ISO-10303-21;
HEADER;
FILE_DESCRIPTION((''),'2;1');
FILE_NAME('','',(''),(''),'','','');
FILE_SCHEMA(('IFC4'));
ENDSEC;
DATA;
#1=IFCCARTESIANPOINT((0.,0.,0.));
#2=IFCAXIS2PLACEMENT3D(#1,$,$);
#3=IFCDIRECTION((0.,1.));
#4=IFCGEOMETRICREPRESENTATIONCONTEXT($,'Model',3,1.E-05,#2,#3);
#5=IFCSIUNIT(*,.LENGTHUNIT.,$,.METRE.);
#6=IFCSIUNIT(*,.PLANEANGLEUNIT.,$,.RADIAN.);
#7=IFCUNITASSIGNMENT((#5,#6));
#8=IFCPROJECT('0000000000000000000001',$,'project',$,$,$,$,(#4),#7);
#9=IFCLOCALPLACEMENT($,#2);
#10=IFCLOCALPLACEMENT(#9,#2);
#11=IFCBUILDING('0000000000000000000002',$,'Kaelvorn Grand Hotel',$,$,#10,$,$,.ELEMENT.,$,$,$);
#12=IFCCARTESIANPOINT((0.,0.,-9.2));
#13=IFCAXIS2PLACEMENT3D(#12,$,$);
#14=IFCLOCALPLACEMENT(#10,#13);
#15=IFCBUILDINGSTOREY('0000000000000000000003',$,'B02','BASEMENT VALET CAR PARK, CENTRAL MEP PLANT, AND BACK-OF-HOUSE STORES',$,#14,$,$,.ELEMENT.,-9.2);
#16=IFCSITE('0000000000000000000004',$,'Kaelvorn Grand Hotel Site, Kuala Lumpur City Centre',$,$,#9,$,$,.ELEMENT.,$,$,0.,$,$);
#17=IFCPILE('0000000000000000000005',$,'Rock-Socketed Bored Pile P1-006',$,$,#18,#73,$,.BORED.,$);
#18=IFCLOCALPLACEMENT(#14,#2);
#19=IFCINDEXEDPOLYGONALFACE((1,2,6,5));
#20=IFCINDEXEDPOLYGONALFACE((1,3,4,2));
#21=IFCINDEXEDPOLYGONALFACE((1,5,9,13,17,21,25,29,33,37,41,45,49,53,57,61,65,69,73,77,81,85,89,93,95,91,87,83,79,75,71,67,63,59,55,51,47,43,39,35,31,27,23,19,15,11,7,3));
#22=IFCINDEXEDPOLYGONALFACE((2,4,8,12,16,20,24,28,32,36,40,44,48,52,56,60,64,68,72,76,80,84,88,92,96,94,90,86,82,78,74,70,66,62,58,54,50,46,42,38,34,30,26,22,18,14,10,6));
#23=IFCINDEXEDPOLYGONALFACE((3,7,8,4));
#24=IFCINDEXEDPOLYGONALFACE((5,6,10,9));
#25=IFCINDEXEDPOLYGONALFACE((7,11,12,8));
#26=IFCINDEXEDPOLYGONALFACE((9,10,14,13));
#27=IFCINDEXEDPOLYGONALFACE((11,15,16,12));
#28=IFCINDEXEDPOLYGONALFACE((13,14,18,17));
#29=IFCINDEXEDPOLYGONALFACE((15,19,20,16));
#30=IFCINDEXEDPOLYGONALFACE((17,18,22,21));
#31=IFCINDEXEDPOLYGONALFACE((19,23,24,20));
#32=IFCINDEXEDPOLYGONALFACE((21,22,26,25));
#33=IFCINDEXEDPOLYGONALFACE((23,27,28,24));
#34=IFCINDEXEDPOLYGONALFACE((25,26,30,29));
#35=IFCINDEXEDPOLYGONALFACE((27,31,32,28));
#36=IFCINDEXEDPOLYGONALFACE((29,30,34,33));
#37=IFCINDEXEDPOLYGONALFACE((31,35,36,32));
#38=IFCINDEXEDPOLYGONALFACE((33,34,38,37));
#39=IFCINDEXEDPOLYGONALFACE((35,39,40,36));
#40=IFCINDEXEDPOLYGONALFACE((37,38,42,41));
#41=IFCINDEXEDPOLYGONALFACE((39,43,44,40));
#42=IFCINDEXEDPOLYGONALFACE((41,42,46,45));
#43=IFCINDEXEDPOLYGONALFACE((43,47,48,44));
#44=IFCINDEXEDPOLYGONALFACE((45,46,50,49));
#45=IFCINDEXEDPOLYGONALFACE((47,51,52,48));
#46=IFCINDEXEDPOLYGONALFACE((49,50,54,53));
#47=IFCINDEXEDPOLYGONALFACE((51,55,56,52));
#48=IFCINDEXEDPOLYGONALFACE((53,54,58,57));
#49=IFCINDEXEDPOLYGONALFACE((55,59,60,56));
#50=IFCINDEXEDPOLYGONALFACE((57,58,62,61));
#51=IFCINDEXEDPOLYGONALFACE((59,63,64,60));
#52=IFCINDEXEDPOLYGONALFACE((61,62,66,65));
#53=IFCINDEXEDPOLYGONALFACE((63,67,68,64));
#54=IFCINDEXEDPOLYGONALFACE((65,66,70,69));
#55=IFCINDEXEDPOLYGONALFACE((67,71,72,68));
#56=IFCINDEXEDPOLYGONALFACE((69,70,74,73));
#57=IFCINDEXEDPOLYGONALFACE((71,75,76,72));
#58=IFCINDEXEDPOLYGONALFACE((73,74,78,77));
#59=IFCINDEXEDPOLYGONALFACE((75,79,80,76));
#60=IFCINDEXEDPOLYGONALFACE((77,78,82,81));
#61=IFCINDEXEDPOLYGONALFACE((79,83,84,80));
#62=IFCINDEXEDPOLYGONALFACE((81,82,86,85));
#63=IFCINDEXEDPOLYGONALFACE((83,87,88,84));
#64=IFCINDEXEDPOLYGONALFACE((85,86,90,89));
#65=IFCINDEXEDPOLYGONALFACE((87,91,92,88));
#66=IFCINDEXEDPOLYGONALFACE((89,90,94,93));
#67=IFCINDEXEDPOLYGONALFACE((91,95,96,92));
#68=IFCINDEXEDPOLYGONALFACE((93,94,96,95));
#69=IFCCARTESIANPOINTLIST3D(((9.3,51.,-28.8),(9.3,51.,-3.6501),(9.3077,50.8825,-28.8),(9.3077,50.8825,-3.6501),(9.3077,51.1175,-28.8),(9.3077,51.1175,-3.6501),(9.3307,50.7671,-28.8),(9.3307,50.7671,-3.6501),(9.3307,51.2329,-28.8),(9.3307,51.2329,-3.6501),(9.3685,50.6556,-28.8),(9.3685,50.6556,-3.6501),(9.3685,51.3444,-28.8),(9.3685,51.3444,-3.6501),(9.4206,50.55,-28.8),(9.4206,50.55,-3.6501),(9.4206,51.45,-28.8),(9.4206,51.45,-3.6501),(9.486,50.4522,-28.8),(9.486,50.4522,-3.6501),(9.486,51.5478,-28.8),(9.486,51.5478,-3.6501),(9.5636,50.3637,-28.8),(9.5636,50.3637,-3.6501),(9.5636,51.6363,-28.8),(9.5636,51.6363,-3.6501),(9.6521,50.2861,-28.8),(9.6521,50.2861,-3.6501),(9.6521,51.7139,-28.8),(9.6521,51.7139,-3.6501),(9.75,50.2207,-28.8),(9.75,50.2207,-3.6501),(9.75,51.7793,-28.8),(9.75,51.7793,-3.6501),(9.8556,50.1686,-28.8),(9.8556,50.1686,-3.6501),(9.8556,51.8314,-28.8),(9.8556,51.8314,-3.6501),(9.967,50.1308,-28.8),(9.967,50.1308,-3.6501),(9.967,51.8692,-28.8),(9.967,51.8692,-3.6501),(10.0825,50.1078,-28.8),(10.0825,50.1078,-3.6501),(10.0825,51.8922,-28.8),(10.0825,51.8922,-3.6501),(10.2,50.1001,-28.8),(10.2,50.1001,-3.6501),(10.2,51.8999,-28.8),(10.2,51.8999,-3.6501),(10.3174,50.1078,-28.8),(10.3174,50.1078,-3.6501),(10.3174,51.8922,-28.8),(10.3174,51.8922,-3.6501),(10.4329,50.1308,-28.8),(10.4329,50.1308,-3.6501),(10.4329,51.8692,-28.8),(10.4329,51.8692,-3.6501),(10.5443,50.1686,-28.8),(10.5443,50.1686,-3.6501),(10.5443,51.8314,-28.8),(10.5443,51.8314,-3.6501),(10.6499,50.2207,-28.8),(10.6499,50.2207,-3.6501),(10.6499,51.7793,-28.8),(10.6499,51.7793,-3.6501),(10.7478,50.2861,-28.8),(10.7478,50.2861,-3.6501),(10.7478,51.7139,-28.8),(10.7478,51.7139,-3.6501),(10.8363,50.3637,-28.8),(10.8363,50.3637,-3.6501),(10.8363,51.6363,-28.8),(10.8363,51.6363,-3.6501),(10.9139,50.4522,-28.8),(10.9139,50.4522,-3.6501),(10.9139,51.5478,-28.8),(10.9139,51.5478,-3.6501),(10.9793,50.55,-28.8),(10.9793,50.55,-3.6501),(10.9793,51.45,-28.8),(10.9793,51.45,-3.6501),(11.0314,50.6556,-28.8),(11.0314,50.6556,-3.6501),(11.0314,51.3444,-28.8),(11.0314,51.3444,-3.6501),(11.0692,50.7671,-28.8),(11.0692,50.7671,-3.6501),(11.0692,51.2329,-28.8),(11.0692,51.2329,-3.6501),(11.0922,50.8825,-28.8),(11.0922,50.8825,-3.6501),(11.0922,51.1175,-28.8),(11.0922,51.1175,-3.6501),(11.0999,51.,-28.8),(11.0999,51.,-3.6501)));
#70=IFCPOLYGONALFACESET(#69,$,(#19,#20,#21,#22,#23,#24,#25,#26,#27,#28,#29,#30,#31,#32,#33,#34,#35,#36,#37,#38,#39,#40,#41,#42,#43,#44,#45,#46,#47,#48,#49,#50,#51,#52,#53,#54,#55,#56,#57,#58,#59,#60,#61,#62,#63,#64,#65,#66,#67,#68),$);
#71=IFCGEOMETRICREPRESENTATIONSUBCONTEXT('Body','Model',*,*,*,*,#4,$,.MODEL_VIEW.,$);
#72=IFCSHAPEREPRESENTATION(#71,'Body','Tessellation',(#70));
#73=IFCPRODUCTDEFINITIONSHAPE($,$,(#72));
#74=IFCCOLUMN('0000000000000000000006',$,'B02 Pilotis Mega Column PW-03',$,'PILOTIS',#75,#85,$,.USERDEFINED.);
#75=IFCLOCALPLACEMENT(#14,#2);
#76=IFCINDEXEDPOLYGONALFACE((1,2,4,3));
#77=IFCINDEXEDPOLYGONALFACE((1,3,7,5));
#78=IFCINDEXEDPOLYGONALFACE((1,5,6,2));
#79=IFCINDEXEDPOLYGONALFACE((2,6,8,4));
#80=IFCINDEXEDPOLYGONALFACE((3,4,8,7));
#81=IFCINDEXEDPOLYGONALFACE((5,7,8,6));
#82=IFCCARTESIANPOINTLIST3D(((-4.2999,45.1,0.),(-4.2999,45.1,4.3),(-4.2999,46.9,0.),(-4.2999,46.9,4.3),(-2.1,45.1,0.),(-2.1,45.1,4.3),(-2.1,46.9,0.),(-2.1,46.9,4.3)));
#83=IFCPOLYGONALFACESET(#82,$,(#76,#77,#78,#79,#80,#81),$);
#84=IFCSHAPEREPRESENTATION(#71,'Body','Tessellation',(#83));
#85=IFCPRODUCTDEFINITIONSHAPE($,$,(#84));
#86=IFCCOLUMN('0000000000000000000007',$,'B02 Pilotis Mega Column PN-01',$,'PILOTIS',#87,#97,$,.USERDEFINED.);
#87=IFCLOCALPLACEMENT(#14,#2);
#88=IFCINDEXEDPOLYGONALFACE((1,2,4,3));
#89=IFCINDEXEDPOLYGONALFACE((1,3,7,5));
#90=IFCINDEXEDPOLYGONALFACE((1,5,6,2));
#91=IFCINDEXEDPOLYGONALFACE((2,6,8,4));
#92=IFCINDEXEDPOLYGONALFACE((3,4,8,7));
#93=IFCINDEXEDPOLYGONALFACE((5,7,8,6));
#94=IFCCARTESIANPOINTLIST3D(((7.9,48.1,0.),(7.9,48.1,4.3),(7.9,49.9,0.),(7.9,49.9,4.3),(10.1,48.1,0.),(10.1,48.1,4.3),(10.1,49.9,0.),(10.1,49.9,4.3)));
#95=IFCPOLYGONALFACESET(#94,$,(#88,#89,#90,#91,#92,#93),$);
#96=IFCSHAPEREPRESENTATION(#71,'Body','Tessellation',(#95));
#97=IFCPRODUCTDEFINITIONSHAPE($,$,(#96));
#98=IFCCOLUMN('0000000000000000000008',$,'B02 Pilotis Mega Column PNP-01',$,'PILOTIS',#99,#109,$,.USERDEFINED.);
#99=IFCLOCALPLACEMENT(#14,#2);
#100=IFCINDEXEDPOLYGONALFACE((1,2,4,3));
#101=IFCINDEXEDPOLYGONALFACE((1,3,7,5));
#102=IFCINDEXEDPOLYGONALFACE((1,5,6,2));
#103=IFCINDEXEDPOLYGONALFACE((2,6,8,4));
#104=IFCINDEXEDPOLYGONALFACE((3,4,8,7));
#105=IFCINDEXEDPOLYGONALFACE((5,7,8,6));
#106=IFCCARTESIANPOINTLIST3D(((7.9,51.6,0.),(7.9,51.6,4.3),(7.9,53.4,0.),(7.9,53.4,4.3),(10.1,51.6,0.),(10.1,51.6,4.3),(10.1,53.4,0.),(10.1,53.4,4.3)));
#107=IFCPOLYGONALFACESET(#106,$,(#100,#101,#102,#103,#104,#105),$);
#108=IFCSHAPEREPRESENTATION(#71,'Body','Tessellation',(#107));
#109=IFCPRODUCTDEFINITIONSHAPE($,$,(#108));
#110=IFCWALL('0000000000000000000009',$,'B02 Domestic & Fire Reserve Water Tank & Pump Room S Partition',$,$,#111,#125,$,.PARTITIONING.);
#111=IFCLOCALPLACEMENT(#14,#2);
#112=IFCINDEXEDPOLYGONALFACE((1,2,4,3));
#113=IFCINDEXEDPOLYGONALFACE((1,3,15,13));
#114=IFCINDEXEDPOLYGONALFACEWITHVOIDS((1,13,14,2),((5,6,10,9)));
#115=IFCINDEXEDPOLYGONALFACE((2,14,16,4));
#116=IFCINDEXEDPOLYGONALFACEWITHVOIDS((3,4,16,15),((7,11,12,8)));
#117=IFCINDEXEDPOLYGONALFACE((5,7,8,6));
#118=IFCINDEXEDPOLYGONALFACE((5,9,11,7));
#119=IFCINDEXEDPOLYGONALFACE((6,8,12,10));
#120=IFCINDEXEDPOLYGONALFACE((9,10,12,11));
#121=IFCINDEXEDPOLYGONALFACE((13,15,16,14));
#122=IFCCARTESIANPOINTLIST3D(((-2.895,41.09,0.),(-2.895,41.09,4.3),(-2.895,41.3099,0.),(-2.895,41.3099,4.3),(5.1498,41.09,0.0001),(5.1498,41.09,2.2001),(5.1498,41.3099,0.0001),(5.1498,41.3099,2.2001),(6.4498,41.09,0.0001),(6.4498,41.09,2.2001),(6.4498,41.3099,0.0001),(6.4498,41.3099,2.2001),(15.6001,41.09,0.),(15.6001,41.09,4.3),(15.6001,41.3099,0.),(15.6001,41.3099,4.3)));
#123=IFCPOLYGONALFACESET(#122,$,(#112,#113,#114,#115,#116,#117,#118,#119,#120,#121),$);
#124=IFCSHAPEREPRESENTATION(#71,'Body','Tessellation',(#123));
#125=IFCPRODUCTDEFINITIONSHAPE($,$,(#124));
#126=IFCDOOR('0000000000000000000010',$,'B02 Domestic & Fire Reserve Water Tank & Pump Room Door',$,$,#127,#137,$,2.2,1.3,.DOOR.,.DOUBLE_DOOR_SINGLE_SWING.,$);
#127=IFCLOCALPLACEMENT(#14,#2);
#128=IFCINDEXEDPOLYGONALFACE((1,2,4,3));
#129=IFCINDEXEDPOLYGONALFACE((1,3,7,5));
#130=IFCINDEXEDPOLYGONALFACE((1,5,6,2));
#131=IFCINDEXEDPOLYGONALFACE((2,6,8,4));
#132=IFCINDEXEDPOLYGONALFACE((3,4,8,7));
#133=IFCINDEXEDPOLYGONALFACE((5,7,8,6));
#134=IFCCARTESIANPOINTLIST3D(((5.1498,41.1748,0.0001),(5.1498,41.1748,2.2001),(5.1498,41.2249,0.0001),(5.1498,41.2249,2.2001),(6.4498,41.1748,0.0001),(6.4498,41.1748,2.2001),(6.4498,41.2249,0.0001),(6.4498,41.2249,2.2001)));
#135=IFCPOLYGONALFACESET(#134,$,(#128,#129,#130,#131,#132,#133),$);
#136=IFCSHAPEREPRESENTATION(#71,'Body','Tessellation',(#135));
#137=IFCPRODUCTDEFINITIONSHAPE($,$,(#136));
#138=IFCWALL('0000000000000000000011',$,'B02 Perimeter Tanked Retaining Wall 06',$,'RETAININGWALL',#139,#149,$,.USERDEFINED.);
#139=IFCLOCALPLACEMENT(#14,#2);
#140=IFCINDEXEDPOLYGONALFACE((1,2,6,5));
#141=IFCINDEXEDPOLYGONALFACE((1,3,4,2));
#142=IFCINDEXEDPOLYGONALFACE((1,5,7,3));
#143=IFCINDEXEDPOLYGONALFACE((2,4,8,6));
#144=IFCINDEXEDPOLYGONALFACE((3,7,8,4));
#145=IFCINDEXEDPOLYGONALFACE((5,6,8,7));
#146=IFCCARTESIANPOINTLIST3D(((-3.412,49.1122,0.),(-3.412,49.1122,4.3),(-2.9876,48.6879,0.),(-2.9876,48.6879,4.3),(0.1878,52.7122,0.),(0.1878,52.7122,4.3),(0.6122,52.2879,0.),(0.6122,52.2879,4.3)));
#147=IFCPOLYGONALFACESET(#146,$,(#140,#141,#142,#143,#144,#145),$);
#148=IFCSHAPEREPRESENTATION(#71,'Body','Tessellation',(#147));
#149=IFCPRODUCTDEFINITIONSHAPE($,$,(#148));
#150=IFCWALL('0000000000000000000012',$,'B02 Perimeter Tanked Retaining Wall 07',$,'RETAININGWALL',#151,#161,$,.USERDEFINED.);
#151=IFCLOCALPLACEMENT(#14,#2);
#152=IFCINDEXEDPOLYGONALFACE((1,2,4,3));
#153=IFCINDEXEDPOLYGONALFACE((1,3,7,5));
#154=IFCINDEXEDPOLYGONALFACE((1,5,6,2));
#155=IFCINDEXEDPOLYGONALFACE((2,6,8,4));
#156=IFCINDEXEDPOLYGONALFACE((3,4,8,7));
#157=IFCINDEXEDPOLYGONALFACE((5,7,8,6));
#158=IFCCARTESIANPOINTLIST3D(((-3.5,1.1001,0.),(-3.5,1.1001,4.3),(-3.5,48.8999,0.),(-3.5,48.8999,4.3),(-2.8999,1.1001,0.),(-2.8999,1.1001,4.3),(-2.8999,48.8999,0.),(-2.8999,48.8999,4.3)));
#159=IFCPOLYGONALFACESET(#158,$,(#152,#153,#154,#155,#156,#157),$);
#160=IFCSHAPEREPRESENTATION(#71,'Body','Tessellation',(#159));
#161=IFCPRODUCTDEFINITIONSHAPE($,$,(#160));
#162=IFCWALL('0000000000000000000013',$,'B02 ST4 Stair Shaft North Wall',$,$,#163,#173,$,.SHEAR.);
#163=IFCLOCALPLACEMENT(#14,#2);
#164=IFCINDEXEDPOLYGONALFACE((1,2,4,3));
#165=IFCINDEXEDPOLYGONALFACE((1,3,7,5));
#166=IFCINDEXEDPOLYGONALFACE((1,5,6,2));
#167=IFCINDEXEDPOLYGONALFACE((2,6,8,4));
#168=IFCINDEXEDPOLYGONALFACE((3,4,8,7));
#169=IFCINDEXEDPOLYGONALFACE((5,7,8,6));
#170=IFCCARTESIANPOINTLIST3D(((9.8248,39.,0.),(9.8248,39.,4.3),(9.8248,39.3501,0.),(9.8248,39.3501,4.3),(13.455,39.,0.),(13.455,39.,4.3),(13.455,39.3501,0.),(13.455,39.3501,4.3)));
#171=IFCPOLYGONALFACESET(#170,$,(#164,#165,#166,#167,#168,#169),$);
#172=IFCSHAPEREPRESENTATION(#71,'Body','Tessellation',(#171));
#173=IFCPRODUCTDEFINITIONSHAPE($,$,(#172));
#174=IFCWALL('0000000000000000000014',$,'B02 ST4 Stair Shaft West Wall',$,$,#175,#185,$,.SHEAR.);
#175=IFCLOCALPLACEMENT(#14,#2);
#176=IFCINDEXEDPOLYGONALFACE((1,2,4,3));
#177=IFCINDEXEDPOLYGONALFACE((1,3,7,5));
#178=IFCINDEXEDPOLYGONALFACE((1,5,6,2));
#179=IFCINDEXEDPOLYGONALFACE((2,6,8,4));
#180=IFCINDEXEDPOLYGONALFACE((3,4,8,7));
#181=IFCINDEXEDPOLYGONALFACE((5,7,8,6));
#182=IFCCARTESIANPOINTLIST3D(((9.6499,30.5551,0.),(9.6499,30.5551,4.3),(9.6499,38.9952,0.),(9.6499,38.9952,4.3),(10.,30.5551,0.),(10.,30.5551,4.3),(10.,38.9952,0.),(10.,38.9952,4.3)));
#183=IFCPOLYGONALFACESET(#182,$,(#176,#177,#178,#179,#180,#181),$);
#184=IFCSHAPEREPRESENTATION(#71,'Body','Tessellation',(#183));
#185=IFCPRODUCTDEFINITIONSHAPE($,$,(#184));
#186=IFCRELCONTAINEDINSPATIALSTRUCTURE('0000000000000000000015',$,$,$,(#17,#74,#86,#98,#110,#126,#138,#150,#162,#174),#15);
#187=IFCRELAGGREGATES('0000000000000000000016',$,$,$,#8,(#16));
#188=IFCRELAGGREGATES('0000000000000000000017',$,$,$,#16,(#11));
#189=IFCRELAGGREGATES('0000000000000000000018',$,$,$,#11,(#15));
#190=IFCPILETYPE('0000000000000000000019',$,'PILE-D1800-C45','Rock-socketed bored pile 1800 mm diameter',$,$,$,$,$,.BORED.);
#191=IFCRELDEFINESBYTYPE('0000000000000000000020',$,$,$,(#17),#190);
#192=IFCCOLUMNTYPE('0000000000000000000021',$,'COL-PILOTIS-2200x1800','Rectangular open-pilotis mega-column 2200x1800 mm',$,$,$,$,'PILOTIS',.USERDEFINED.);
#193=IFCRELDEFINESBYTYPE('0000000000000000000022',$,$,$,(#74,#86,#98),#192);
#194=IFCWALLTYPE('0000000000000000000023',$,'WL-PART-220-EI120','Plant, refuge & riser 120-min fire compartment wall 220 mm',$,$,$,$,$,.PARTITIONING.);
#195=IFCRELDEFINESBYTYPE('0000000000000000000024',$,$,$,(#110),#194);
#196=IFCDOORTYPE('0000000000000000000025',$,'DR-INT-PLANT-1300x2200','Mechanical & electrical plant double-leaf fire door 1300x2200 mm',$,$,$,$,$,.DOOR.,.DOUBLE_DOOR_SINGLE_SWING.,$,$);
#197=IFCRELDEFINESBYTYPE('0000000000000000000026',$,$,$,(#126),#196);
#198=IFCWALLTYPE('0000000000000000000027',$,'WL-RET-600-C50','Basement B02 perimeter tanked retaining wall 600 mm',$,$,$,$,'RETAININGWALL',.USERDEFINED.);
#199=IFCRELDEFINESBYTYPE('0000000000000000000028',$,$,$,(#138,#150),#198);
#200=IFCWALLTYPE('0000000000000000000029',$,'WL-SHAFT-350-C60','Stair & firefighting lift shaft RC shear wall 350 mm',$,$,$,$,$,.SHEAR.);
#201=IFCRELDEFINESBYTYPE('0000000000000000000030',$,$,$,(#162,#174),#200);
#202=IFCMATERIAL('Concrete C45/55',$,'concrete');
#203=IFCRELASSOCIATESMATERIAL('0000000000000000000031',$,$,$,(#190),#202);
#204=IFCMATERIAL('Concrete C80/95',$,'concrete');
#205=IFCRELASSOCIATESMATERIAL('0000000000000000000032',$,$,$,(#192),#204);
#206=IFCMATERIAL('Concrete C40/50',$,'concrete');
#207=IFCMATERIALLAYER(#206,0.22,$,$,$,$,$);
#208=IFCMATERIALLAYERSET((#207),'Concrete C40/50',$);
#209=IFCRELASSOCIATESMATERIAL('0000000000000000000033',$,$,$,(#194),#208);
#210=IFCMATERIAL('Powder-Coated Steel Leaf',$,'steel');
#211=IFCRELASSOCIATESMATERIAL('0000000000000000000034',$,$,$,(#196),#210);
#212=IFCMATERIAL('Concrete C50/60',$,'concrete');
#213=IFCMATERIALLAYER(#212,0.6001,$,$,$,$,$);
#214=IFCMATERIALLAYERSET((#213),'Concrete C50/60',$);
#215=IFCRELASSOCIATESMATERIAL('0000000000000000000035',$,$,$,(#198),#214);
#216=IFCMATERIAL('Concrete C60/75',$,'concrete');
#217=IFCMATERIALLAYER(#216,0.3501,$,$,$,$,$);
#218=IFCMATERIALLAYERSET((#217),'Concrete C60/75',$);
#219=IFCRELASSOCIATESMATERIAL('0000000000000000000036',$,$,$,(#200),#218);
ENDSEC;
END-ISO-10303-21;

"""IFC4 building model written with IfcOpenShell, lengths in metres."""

from ifc_helpers import new_model, si_unit, direction, frame, frame_2d, origin, origin_2d, place, context, subcontext, project, spatial, rectangle, circle, extrude, material, layer, layer_set, material_profile, profile_set, type_object, element, fill, save


model = new_model("IFC4")

# Units and contexts
model_context = context("Model", 3, precision=1e-05, world=origin(), true_north=direction((0.0, 1.0)))
body_context = subcontext(model_context, "Body", "Model", "MODEL_VIEW")
ifc_project = project(units=[si_unit("LENGTHUNIT", "METRE"), si_unit("PLANEANGLEUNIT", "RADIAN")], contexts=[model_context])

# Site, building, storey
site_placement = place(None, origin())
site = spatial("IfcSite", under=ifc_project, at=site_placement, Name="Kaelvorn Grand Hotel Site, Kuala Lumpur City Centre", CompositionType="ELEMENT", RefElevation=0.0)
building_placement = place(site_placement, origin())
building = spatial("IfcBuilding", under=site, at=building_placement, Name="Kaelvorn Grand Hotel", CompositionType="ELEMENT")
storey_placement = place(building_placement, frame((0.0, 0.0, -9.2)))
storey = spatial("IfcBuildingStorey", under=building, at=storey_placement, Name="B02", Description="BASEMENT VALET CAR PARK, CENTRAL MEP PLANT, AND BACK-OF-HOUSE STORES", CompositionType="ELEMENT", Elevation=-9.2)

# Shared definitions
ifc_material_1 = material(Name="Concrete C50/60", Category="concrete")

# Pile
ifc_material_2 = material(Name="Concrete C45/55", Category="concrete")
ifc_material_profile_1 = material_profile(ifc_material_2, circle(Radius=0.8999, at=origin_2d()), Name="BORED PILE D1800")
ifc_profile_set_1 = profile_set([ifc_material_profile_1], Name="Concrete C45/55")
pile_type_1 = type_object("IfcPileType", Name="PILE-D1800-C45", Description="Rock-socketed bored pile 1800 mm diameter", PredefinedType="BORED", material=ifc_profile_set_1)
for number, where, z_axis, x_axis, name in (
    (1, (10.2, 51.0, -3.6501), (0.0, 0.0, -1.0), (1.0, 0.0, 0.0), "Rock-Socketed Bored Pile P1-006"),
):
    element("IfcPile", number, at=place(storey_placement, frame(where, z_axis=z_axis, x_axis=x_axis)), inside=storey, type_object=pile_type_1, Name=name, PredefinedType="BORED", context=body_context, shape_type="SweptSolid", body=[
        extrude(circle(Radius=0.8999, at=origin_2d()), origin(), (0.0, 0.0, 1.0), 25.1499),
    ])

# Columns
ifc_material_3 = material(Name="Concrete C80/95", Category="concrete")
ifc_material_profile_2 = material_profile(ifc_material_3, rectangle(XDim=2.2, YDim=1.8, at=origin_2d()), Name="PILOTIS 2200x1800")
ifc_profile_set_2 = profile_set([ifc_material_profile_2], Name="Concrete C80/95")
column_type = type_object("IfcColumnType", Name="COL-PILOTIS-2200x1800", Description="Rectangular open-pilotis mega-column 2200x1800 mm", ElementType="PILOTIS", PredefinedType="USERDEFINED", material=ifc_profile_set_2)
for number, where, z_axis, x_axis, name in (
    (2, (-3.2, 46.0, 0.0), (0.0, 0.0, 1.0), (1.0, 0.0, 0.0), "B02 Pilotis Mega Column PW-03"),
    (3, (9.0, 49.0, 0.0), (0.0, 0.0, 1.0), (1.0, 0.0, 0.0), "B02 Pilotis Mega Column PN-01"),
    (4, (9.0, 52.5, 0.0), (0.0, 0.0, 1.0), (1.0, 0.0, 0.0), "B02 Pilotis Mega Column PNP-01"),
):
    element("IfcColumn", number, at=place(storey_placement, frame(where, z_axis=z_axis, x_axis=x_axis)), inside=storey, type_object=column_type, Name=name, ObjectType="PILOTIS", PredefinedType="USERDEFINED", context=body_context, shape_type="SweptSolid", body=[
        extrude(rectangle(XDim=2.2, YDim=1.8, at=origin_2d()), origin(), (0.0, 0.0, 1.0), 4.3),
    ])

# Wall, opening, door
ifc_material_4 = material(Name="Concrete C40/50", Category="concrete")
ifc_layer_1 = layer(ifc_material_4, 0.22)
ifc_layer_set_1 = layer_set([ifc_layer_1], Name="Concrete C40/50")
wall_type_1 = type_object("IfcWallType", Name="WL-PART-220-EI120", Description="Plant, refuge & riser 120-min fire compartment wall 220 mm", PredefinedType="PARTITIONING", material=ifc_layer_set_1)
wall_1_placement = place(storey_placement, frame((-2.895, 41.2, 0.0), z_axis=(0.0, 0.0, 1.0), x_axis=(1.0, 0.0, 0.0)))
wall_1 = element("IfcWall", 5, at=wall_1_placement, inside=storey, type_object=wall_type_1, Name="B02 Domestic & Fire Reserve Water Tank & Pump Room S Partition", PredefinedType="PARTITIONING", context=body_context, shape_type="SweptSolid", body=[
    extrude(rectangle(XDim=18.4951, YDim=0.22, at=frame_2d((9.2476, 0.0))), origin(), (0.0, 0.0, 1.0), 4.3),
])
opening_1_placement = place(wall_1_placement, frame((8.0449, 0.0, 0.0)))
opening_1 = element("IfcOpeningElement", 6, at=opening_1_placement, cuts=wall_1, PredefinedType="OPENING", context=body_context, shape_type="SweptSolid", body=[
    extrude(rectangle(XDim=1.3, YDim=2.2, at=frame_2d((0.6499, 1.1001))), frame((0.0, 0.1201, 0.0), z_axis=(0.0, -1.0, 0.0), x_axis=(1.0, 0.0, 0.0)), (0.0, 0.0, 1.0), 0.24),
])
ifc_material_5 = material(Name="Powder-Coated Steel Leaf", Category="steel")
door_type_1 = type_object("IfcDoorType", Name="DR-INT-PLANT-1300x2200", Description="Mechanical & electrical plant double-leaf fire door 1300x2200 mm", OperationType="DOUBLE_DOOR_SINGLE_SWING", PredefinedType="DOOR", material=ifc_material_5)
door_1_placement = place(opening_1_placement, origin())
door_1 = element("IfcDoor", 7, at=door_1_placement, inside=storey, type_object=door_type_1, Name="B02 Domestic & Fire Reserve Water Tank & Pump Room Door", OperationType="DOUBLE_DOOR_SINGLE_SWING", OverallHeight=2.2, OverallWidth=1.3, PredefinedType="DOOR", context=body_context, shape_type="SweptSolid", body=[
    extrude(rectangle(XDim=1.3, YDim=2.2, at=frame_2d((0.6499, 1.1001))), frame((0.0, 0.0249, 0.0), z_axis=(0.0, -1.0, 0.0), x_axis=(1.0, 0.0, 0.0)), (0.0, 0.0, 1.0), 0.05),
])
fill(opening_1, door_1)

# Walls
ifc_layer_2 = layer(ifc_material_1, 0.6001)
ifc_layer_set_2 = layer_set([ifc_layer_2], Name="Concrete C50/60")
wall_type_2 = type_object("IfcWallType", Name="WL-RET-600-C50", Description="Basement B02 perimeter tanked retaining wall 600 mm", ElementType="RETAININGWALL", PredefinedType="USERDEFINED", material=ifc_layer_set_2)
wall_2_placement = place(storey_placement, frame((0.3999, 52.5, 0.0), z_axis=(0.0, 0.0, 1.0), x_axis=(-0.707083, -0.707131, 0.0)))
element("IfcWall", 8, at=wall_2_placement, inside=storey, type_object=wall_type_2, Name="B02 Perimeter Tanked Retaining Wall 06", ObjectType="RETAININGWALL", PredefinedType="USERDEFINED", context=body_context, shape_type="SweptSolid", body=[
    extrude(rectangle(XDim=5.0911, YDim=0.6001, at=frame_2d((2.5454, 0.0))), origin(), (0.0, 0.0, 1.0), 4.3),
])
wall_3_placement = place(storey_placement, frame((-3.2, 48.8999, 0.0), z_axis=(0.0, 0.0, 1.0), x_axis=(0.0, -1.0, 0.0)))
element("IfcWall", 9, at=wall_3_placement, inside=storey, type_object=wall_type_2, Name="B02 Perimeter Tanked Retaining Wall 07", ObjectType="RETAININGWALL", PredefinedType="USERDEFINED", context=body_context, shape_type="SweptSolid", body=[
    extrude(rectangle(XDim=47.7998, YDim=0.6001, at=frame_2d((23.8999, 0.0))), origin(), (0.0, 0.0, 1.0), 4.3),
])

# Shared definitions
ifc_material_6 = material(Name="Concrete C60/75", Category="concrete")
ifc_layer_3 = layer(ifc_material_6, 0.3501)
ifc_layer_set_3 = layer_set([ifc_layer_3], Name="Concrete C60/75")
wall_type_3 = type_object("IfcWallType", Name="WL-SHAFT-350-C60", Description="Stair & firefighting lift shaft RC shear wall 350 mm", PredefinedType="SHEAR", material=ifc_layer_set_3)

# Walls
wall_4_placement = place(storey_placement, frame((9.825, 39.175, 0.0), z_axis=(0.0, 0.0, 1.0), x_axis=(1.0, 0.0, 0.0)))
element("IfcWall", 10, at=wall_4_placement, inside=storey, type_object=wall_type_3, Name="B02 ST4 Stair Shaft North Wall", PredefinedType="SHEAR", context=body_context, shape_type="SweptSolid", body=[
    extrude(rectangle(XDim=3.6301, YDim=0.3501, at=frame_2d((1.8149, 0.0))), origin(), (0.0, 0.0, 1.0), 4.3),
])
wall_5_placement = place(storey_placement, frame((9.825, 30.5549, 0.0), z_axis=(0.0, 0.0, 1.0), x_axis=(0.0, 1.0, 0.0)))
element("IfcWall", 11, at=wall_5_placement, inside=storey, type_object=wall_type_3, Name="B02 ST4 Stair Shaft West Wall", PredefinedType="SHEAR", context=body_context, shape_type="SweptSolid", body=[
    extrude(rectangle(XDim=8.4402, YDim=0.3501, at=frame_2d((4.2202, 0.0))), origin(), (0.0, 0.0, 1.0), 4.3),
])

save(model, "model.ifc")
